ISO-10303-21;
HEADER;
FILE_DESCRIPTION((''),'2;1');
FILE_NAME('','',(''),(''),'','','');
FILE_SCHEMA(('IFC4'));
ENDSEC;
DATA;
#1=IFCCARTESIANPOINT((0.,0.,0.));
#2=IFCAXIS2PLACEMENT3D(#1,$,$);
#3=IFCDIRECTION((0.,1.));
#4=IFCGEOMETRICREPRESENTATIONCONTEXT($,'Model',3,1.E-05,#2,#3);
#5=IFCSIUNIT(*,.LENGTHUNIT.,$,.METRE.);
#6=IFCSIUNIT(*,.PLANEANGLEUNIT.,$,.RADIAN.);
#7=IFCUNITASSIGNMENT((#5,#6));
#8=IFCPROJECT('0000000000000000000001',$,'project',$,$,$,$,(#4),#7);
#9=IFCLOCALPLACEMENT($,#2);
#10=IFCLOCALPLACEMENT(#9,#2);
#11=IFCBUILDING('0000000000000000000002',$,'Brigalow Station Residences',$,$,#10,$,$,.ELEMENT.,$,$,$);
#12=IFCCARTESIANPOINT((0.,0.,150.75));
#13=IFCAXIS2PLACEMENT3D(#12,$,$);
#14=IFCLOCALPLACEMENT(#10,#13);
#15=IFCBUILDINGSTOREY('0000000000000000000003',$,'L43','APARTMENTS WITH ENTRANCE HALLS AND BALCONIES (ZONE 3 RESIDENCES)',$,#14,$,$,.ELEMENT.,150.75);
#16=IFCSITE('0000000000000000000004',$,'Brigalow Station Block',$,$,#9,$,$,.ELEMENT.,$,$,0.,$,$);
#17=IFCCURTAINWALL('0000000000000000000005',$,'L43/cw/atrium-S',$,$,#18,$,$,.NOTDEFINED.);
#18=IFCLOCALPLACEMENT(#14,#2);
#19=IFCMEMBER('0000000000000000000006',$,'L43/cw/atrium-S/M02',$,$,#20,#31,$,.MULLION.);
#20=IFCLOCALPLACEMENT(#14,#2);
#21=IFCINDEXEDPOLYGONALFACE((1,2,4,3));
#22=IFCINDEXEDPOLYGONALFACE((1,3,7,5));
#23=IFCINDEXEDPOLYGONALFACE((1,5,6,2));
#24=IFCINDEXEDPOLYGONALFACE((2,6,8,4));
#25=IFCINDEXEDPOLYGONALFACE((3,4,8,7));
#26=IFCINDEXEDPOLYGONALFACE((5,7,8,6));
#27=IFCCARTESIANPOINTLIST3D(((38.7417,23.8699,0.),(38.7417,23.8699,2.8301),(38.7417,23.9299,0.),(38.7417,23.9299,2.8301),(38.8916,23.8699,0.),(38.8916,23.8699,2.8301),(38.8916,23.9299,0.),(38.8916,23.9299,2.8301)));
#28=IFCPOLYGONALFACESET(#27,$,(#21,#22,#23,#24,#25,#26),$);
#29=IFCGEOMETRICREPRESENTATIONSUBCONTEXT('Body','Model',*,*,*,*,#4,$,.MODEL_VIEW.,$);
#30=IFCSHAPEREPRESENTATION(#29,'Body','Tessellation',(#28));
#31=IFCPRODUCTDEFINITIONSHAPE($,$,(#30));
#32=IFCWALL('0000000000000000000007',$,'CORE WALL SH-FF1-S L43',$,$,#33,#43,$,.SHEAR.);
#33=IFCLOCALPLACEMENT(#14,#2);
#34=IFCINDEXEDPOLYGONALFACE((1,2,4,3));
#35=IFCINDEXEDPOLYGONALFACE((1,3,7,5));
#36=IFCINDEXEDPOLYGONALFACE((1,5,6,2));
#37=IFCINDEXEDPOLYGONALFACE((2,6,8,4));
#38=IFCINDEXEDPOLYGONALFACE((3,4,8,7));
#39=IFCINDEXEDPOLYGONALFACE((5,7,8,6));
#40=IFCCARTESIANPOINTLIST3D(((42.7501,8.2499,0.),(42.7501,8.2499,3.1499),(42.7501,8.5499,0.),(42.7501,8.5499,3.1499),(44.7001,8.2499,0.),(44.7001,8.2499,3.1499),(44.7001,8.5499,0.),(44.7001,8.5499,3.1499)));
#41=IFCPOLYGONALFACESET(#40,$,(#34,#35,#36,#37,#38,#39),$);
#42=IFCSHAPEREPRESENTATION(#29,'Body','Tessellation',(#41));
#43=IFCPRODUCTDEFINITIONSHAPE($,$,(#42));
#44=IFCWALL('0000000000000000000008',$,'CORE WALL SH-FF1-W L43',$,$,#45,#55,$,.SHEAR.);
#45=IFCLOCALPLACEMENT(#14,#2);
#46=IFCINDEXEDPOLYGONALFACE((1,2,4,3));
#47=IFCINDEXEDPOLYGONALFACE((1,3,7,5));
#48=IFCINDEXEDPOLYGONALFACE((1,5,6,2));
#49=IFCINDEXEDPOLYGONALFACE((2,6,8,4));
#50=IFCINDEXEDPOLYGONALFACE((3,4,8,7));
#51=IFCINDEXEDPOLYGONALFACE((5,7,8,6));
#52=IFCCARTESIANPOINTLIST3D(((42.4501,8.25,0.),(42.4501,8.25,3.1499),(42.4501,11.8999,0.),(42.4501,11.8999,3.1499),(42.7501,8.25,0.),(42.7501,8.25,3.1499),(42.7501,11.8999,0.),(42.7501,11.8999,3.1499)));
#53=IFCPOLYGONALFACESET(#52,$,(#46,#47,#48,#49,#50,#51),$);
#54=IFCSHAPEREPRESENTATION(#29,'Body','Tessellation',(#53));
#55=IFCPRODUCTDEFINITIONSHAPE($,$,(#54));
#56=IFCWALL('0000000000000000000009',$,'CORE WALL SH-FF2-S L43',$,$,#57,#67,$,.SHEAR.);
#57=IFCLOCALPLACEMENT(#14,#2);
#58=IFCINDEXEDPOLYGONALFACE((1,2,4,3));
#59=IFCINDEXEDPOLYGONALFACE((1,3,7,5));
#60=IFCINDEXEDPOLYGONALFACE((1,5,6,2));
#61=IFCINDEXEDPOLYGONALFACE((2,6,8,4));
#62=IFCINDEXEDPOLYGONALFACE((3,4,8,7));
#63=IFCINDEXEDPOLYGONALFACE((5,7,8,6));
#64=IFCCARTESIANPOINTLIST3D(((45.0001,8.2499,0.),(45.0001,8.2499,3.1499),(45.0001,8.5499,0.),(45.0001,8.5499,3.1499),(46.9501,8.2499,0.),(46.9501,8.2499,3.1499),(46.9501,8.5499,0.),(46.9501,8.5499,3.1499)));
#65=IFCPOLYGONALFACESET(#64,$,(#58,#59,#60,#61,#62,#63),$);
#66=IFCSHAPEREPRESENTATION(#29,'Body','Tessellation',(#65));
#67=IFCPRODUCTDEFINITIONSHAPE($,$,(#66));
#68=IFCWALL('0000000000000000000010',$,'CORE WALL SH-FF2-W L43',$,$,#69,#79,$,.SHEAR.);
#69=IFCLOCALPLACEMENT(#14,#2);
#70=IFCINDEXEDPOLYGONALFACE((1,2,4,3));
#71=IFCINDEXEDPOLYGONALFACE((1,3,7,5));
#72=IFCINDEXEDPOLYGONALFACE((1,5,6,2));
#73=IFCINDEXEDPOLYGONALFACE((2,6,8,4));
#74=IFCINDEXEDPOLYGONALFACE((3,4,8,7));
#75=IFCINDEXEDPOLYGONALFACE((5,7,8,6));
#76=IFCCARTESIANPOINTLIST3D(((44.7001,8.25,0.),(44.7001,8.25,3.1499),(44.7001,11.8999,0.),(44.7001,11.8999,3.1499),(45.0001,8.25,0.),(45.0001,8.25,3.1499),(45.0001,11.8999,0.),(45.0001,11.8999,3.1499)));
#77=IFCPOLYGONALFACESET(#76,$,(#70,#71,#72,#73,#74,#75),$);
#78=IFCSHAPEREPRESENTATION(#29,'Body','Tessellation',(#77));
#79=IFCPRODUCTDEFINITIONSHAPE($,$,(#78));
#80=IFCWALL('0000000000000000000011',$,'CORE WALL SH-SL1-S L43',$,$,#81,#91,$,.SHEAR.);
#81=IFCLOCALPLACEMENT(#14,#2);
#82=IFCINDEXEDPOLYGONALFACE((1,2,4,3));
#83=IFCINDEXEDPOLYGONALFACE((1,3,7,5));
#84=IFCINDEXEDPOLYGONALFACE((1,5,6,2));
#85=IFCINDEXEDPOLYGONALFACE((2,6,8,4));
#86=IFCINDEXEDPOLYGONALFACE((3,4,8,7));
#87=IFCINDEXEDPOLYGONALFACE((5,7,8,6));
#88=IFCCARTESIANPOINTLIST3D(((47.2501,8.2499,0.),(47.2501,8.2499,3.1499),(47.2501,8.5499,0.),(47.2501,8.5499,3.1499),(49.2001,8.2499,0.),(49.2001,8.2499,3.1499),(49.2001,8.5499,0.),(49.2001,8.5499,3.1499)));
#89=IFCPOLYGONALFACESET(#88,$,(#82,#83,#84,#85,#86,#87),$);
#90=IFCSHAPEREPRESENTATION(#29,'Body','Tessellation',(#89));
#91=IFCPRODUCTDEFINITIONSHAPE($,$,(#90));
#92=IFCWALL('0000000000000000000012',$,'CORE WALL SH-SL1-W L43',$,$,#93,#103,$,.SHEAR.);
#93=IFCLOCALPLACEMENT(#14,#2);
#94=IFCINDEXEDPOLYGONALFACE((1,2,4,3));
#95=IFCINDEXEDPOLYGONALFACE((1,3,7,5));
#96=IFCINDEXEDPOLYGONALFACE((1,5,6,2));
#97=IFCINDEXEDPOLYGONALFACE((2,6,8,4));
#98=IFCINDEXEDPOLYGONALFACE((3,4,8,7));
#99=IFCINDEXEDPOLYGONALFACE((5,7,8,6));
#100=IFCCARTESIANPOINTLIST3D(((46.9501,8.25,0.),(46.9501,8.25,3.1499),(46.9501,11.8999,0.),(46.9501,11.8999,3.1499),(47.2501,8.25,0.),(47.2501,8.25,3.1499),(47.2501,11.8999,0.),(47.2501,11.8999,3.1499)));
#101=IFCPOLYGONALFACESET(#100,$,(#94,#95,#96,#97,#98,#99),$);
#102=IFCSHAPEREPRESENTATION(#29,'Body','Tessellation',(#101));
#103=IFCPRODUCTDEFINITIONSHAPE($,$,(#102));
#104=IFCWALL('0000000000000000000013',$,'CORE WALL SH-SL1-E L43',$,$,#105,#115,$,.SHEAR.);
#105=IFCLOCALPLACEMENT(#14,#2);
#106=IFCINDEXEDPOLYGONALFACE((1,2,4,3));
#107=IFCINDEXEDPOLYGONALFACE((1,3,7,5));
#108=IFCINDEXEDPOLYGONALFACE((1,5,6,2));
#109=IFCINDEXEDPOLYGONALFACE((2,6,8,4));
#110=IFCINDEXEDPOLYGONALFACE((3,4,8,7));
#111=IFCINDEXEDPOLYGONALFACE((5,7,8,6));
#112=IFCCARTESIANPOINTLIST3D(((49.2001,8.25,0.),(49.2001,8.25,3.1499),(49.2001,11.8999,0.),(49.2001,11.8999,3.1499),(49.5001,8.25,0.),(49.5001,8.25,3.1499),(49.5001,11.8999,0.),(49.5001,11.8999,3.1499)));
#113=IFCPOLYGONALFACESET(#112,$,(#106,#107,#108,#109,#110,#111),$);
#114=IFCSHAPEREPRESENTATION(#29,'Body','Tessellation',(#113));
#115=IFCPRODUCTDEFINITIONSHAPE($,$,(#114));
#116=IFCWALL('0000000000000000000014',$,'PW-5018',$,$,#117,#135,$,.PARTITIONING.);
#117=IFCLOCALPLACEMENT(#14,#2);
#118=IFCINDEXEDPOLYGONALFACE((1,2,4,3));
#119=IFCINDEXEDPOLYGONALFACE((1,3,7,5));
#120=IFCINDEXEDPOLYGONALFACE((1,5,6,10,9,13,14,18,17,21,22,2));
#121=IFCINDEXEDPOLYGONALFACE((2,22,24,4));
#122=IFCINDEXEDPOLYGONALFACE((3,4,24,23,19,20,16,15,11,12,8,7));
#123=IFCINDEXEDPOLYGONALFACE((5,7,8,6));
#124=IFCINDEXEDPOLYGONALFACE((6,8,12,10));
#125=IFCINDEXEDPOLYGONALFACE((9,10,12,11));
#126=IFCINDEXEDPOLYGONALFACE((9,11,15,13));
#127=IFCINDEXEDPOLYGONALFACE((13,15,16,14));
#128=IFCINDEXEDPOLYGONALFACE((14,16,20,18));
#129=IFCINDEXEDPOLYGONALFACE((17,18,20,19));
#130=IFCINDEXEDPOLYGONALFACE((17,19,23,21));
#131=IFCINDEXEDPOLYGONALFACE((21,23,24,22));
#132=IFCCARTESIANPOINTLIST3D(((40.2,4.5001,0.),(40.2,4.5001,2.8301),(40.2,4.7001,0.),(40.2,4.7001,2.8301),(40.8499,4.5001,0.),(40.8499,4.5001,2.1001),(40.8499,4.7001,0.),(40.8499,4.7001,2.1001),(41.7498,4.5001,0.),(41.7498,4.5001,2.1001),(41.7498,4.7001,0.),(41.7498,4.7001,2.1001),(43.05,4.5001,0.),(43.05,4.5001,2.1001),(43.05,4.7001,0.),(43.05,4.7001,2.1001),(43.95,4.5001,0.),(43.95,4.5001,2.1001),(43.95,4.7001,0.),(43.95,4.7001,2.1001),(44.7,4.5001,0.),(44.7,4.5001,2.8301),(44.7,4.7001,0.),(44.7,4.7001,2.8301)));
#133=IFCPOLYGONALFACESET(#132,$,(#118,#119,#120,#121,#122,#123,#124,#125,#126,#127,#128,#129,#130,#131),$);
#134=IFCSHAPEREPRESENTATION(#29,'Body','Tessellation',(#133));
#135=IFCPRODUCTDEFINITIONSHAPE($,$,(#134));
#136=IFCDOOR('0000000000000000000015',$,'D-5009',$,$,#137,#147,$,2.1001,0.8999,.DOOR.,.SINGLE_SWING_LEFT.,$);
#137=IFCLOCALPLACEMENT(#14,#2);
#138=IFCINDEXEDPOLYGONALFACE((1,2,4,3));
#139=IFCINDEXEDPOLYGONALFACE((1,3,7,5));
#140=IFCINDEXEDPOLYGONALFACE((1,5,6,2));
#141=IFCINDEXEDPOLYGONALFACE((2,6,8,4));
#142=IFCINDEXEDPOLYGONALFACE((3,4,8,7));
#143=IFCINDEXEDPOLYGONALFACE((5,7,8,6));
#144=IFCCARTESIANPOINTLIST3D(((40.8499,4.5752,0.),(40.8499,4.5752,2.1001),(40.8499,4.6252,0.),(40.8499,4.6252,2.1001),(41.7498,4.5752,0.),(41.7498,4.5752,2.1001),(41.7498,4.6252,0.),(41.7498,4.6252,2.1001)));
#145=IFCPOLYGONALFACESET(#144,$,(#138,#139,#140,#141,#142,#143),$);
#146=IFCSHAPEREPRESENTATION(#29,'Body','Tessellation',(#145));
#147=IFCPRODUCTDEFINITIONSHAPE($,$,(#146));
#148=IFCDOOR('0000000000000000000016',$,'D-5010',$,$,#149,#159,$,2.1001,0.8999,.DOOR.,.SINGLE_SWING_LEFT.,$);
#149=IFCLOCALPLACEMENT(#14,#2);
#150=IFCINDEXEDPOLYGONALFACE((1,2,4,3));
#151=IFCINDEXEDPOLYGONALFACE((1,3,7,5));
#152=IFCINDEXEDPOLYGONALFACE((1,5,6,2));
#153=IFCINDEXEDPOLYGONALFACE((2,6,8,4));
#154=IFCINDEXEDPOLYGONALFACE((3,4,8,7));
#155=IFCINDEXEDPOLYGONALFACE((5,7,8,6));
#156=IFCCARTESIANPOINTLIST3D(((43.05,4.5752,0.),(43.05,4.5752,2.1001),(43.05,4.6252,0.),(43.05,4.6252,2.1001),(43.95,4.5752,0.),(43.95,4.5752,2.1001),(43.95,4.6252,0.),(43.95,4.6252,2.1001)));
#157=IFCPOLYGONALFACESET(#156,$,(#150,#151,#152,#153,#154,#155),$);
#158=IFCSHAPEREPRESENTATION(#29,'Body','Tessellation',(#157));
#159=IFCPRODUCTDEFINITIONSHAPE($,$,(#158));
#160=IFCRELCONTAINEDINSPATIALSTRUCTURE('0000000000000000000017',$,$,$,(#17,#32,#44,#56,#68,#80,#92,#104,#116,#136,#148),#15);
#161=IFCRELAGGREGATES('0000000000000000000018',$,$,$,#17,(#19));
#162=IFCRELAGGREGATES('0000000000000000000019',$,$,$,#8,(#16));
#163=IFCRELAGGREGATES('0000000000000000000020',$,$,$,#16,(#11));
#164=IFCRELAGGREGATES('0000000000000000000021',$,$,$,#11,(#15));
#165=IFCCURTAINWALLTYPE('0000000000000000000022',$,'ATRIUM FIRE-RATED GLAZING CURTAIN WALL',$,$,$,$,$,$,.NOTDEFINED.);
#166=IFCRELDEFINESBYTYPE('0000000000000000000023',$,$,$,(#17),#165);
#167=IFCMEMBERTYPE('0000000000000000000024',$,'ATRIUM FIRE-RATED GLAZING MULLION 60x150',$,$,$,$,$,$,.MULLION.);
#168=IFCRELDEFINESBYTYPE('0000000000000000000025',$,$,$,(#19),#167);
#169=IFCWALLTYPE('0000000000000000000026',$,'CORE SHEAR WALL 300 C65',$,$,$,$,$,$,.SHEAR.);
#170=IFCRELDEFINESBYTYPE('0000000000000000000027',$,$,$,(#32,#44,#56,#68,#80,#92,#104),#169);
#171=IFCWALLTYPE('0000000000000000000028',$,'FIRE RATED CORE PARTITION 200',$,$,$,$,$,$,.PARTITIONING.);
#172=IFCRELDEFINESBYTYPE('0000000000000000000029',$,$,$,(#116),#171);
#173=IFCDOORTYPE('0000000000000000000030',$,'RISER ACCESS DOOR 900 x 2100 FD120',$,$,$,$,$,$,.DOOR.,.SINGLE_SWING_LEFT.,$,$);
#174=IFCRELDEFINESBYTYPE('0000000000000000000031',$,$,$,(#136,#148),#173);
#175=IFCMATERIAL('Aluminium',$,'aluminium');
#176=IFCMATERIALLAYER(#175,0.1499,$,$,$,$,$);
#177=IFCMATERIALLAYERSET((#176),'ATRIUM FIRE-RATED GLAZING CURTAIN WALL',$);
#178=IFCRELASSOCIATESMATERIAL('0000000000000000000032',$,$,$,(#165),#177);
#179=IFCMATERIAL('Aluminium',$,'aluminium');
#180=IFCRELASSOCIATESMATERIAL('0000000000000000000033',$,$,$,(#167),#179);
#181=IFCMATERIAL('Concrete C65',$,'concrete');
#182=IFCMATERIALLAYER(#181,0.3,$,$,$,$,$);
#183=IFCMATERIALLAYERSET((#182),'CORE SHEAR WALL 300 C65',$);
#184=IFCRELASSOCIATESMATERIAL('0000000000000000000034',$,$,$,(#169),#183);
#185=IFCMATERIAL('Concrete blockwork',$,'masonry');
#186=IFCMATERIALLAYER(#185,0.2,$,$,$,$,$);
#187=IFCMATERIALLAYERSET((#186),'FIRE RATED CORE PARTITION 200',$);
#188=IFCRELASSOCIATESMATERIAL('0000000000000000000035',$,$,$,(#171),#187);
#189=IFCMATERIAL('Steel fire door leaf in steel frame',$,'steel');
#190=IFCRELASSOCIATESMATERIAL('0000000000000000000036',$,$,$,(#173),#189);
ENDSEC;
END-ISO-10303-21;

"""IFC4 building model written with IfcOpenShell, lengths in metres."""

from ifc_helpers import new_model, si_unit, direction, frame, frame_2d, origin, origin_2d, place, context, subcontext, project, spatial, rectangle, extrude, material, layer, layer_set, material_profile, profile_set, type_object, element, fill, aggregate, save


model = new_model("IFC4")

# Units and contexts
model_context = context("Model", 3, precision=1e-05, world=origin(), true_north=direction((0.0, 1.0)))
body_context = subcontext(model_context, "Body", "Model", "MODEL_VIEW")
ifc_project = project(units=[si_unit("LENGTHUNIT", "METRE"), si_unit("PLANEANGLEUNIT", "RADIAN")], contexts=[model_context])

# Site, building, storey
site_placement = place(None, origin())
site = spatial("IfcSite", under=ifc_project, at=site_placement, Name="Brigalow Station Block", CompositionType="ELEMENT", RefElevation=0.0)
building_placement = place(site_placement, origin())
building = spatial("IfcBuilding", under=site, at=building_placement, Name="Brigalow Station Residences", CompositionType="ELEMENT")
storey_placement = place(building_placement, frame((0.0, 0.0, 150.75)))
storey = spatial("IfcBuildingStorey", under=building, at=storey_placement, Name="L43", Description="APARTMENTS WITH ENTRANCE HALLS AND BALCONIES (ZONE 3 RESIDENCES)", CompositionType="ELEMENT", Elevation=150.75)

# Curtain wall, member
ifc_material_1 = material(Name="Aluminium", Category="aluminium")
ifc_layer_1 = layer(ifc_material_1, 0.1499)
ifc_layer_set_1 = layer_set([ifc_layer_1], Name="ATRIUM FIRE-RATED GLAZING CURTAIN WALL")
curtain_wall_type = type_object("IfcCurtainWallType", Name="ATRIUM FIRE-RATED GLAZING CURTAIN WALL", PredefinedType="NOTDEFINED", material=ifc_layer_set_1)
curtain_wall_placement = place(storey_placement, origin())
curtain_wall = element("IfcCurtainWall", 1, at=curtain_wall_placement, inside=storey, type_object=curtain_wall_type, Name="L43/cw/atrium-S", PredefinedType="NOTDEFINED")
ifc_material_2 = material(Name="Aluminium", Category="aluminium")
ifc_material_profile = material_profile(ifc_material_2, rectangle(XDim=0.0601, YDim=0.1499, at=origin_2d()), Name="ATRIUM FIRE-RATED GLAZING MULLION 60x150")
ifc_profile_set = profile_set([ifc_material_profile], Name="Aluminium")
member_type = type_object("IfcMemberType", Name="ATRIUM FIRE-RATED GLAZING MULLION 60x150", PredefinedType="MULLION", material=ifc_profile_set)
member_placement = place(storey_placement, frame((38.8167, 23.8999, 0.0), z_axis=(0.0, 0.0, 1.0), x_axis=(0.0, 1.0, 0.0)))
member = element("IfcMember", 2, at=member_placement, type_object=member_type, Name="L43/cw/atrium-S/M02", PredefinedType="MULLION", context=body_context, shape_type="SweptSolid", body=[
    extrude(rectangle(XDim=0.0601, YDim=0.1499, at=origin_2d()), origin(), (0.0, 0.0, 1.0), 2.8301),
])
aggregate(curtain_wall, [member])

# Walls
ifc_material_3 = material(Name="Concrete C65", Category="concrete")
ifc_layer_2 = layer(ifc_material_3, 0.3)
ifc_layer_set_2 = layer_set([ifc_layer_2], Name="CORE SHEAR WALL 300 C65")
wall_type_1 = type_object("IfcWallType", Name="CORE SHEAR WALL 300 C65", PredefinedType="SHEAR", material=ifc_layer_set_2)
wall_1_placement = place(storey_placement, frame((42.75, 8.3999, 0.0), z_axis=(0.0, 0.0, 1.0), x_axis=(1.0, 0.0, 0.0)))
element("IfcWall", 3, at=wall_1_placement, inside=storey, type_object=wall_type_1, Name="CORE WALL SH-FF1-S L43", PredefinedType="SHEAR", context=body_context, shape_type="SweptSolid", body=[
    extrude(rectangle(XDim=1.95, YDim=0.3, at=frame_2d((0.9751, 0.0))), origin(), (0.0, 0.0, 1.0), 3.1499),
])
wall_2_placement = place(storey_placement, frame((42.6001, 8.25, 0.0), z_axis=(0.0, 0.0, 1.0), x_axis=(0.0, 1.0, 0.0)))
element("IfcWall", 4, at=wall_2_placement, inside=storey, type_object=wall_type_1, Name="CORE WALL SH-FF1-W L43", PredefinedType="SHEAR", context=body_context, shape_type="SweptSolid", body=[
    extrude(rectangle(XDim=3.6499, YDim=0.3, at=frame_2d((1.825, 0.0))), origin(), (0.0, 0.0, 1.0), 3.1499),
])
wall_3_placement = place(storey_placement, frame((45.0, 8.3999, 0.0), z_axis=(0.0, 0.0, 1.0), x_axis=(1.0, 0.0, 0.0)))
element("IfcWall", 5, at=wall_3_placement, inside=storey, type_object=wall_type_1, Name="CORE WALL SH-FF2-S L43", PredefinedType="SHEAR", context=body_context, shape_type="SweptSolid", body=[
    extrude(rectangle(XDim=1.95, YDim=0.3, at=frame_2d((0.9751, 0.0))), origin(), (0.0, 0.0, 1.0), 3.1499),
])
wall_4_placement = place(storey_placement, frame((44.8501, 8.25, 0.0), z_axis=(0.0, 0.0, 1.0), x_axis=(0.0, 1.0, 0.0)))
element("IfcWall", 6, at=wall_4_placement, inside=storey, type_object=wall_type_1, Name="CORE WALL SH-FF2-W L43", PredefinedType="SHEAR", context=body_context, shape_type="SweptSolid", body=[
    extrude(rectangle(XDim=3.6499, YDim=0.3, at=frame_2d((1.825, 0.0))), origin(), (0.0, 0.0, 1.0), 3.1499),
])
wall_5_placement = place(storey_placement, frame((47.25, 8.3999, 0.0), z_axis=(0.0, 0.0, 1.0), x_axis=(1.0, 0.0, 0.0)))
element("IfcWall", 7, at=wall_5_placement, inside=storey, type_object=wall_type_1, Name="CORE WALL SH-SL1-S L43", PredefinedType="SHEAR", context=body_context, shape_type="SweptSolid", body=[
    extrude(rectangle(XDim=1.95, YDim=0.3, at=frame_2d((0.9751, 0.0))), origin(), (0.0, 0.0, 1.0), 3.1499),
])
for number, where, z_axis, x_axis, name in (
    (8, (47.1001, 8.25, 0.0), (0.0, 0.0, 1.0), (0.0, 1.0, 0.0), "CORE WALL SH-SL1-W L43"),
    (9, (49.3501, 8.25, 0.0), (0.0, 0.0, 1.0), (0.0, 1.0, 0.0), "CORE WALL SH-SL1-E L43"),
):
    element("IfcWall", number, at=place(storey_placement, frame(where, z_axis=z_axis, x_axis=x_axis)), inside=storey, type_object=wall_type_1, Name=name, PredefinedType="SHEAR", context=body_context, shape_type="SweptSolid", body=[
        extrude(rectangle(XDim=3.6499, YDim=0.3, at=frame_2d((1.825, 0.0))), origin(), (0.0, 0.0, 1.0), 3.1499),
    ])

# Wall, openings, doors
ifc_material_4 = material(Name="Concrete blockwork", Category="masonry")
ifc_layer_3 = layer(ifc_material_4, 0.2)
ifc_layer_set_3 = layer_set([ifc_layer_3], Name="FIRE RATED CORE PARTITION 200")
wall_type_2 = type_object("IfcWallType", Name="FIRE RATED CORE PARTITION 200", PredefinedType="PARTITIONING", material=ifc_layer_set_3)
wall_6_placement = place(storey_placement, frame((40.2, 4.6001, 0.0), z_axis=(0.0, 0.0, 1.0), x_axis=(1.0, 0.0, 0.0)))
wall_6 = element("IfcWall", 10, at=wall_6_placement, inside=storey, type_object=wall_type_2, Name="PW-5018", PredefinedType="PARTITIONING", context=body_context, shape_type="SweptSolid", body=[
    extrude(rectangle(XDim=4.5, YDim=0.2, at=frame_2d((2.25, 0.0))), origin(), (0.0, 0.0, 1.0), 2.8301),
])
opening_1_placement = place(wall_6_placement, frame((0.6499, 0.0, 0.0)))
opening_1 = element("IfcOpeningElement", 11, at=opening_1_placement, cuts=wall_6, PredefinedType="OPENING", context=body_context, shape_type="SweptSolid", body=[
    extrude(rectangle(XDim=0.8999, YDim=2.1001, at=frame_2d((0.45, 1.05))), frame((0.0, 0.1099, 0.0), z_axis=(0.0, -1.0, 0.0), x_axis=(1.0, 0.0, 0.0)), (0.0, 0.0, 1.0), 0.22),
])
opening_2_placement = place(wall_6_placement, frame((2.8501, 0.0, 0.0)))
opening_2 = element("IfcOpeningElement", 12, at=opening_2_placement, cuts=wall_6, PredefinedType="OPENING", context=body_context, shape_type="SweptSolid", body=[
    extrude(rectangle(XDim=0.8999, YDim=2.1001, at=frame_2d((0.45, 1.05))), frame((0.0, 0.1099, 0.0), z_axis=(0.0, -1.0, 0.0), x_axis=(1.0, 0.0, 0.0)), (0.0, 0.0, 1.0), 0.22),
])
ifc_material_5 = material(Name="Steel fire door leaf in steel frame", Category="steel")
door_type_1 = type_object("IfcDoorType", Name="RISER ACCESS DOOR 900 x 2100 FD120", OperationType="SINGLE_SWING_LEFT", PredefinedType="DOOR", material=ifc_material_5)
door_1_placement = place(opening_1_placement, frame((0.8999, 0.0, 0.0), z_axis=(0.0, 0.0, 1.0), x_axis=(-1.0, 0.0, 0.0)))
door_1 = element("IfcDoor", 13, at=door_1_placement, inside=storey, type_object=door_type_1, Name="D-5009", OperationType="SINGLE_SWING_LEFT", OverallHeight=2.1001, OverallWidth=0.8999, PredefinedType="DOOR", context=body_context, shape_type="SweptSolid", body=[
    extrude(rectangle(XDim=0.8999, YDim=2.1001, at=frame_2d((0.45, 1.05))), frame((0.0, 0.0249, 0.0), z_axis=(0.0, -1.0, 0.0), x_axis=(1.0, 0.0, 0.0)), (0.0, 0.0, 1.0), 0.05),
])
fill(opening_1, door_1)
door_2_placement = place(opening_2_placement, frame((0.8999, 0.0, 0.0), z_axis=(0.0, 0.0, 1.0), x_axis=(-1.0, 0.0, 0.0)))
door_2 = element("IfcDoor", 14, at=door_2_placement, inside=storey, type_object=door_type_1, Name="D-5010", OperationType="SINGLE_SWING_LEFT", OverallHeight=2.1001, OverallWidth=0.8999, PredefinedType="DOOR", context=body_context, shape_type="SweptSolid", body=[
    extrude(rectangle(XDim=0.8999, YDim=2.1001, at=frame_2d((0.45, 1.05))), frame((0.0, 0.0249, 0.0), z_axis=(0.0, -1.0, 0.0), x_axis=(1.0, 0.0, 0.0)), (0.0, 0.0, 1.0), 0.05),
])
fill(opening_2, door_2)

save(model, "model.ifc")
